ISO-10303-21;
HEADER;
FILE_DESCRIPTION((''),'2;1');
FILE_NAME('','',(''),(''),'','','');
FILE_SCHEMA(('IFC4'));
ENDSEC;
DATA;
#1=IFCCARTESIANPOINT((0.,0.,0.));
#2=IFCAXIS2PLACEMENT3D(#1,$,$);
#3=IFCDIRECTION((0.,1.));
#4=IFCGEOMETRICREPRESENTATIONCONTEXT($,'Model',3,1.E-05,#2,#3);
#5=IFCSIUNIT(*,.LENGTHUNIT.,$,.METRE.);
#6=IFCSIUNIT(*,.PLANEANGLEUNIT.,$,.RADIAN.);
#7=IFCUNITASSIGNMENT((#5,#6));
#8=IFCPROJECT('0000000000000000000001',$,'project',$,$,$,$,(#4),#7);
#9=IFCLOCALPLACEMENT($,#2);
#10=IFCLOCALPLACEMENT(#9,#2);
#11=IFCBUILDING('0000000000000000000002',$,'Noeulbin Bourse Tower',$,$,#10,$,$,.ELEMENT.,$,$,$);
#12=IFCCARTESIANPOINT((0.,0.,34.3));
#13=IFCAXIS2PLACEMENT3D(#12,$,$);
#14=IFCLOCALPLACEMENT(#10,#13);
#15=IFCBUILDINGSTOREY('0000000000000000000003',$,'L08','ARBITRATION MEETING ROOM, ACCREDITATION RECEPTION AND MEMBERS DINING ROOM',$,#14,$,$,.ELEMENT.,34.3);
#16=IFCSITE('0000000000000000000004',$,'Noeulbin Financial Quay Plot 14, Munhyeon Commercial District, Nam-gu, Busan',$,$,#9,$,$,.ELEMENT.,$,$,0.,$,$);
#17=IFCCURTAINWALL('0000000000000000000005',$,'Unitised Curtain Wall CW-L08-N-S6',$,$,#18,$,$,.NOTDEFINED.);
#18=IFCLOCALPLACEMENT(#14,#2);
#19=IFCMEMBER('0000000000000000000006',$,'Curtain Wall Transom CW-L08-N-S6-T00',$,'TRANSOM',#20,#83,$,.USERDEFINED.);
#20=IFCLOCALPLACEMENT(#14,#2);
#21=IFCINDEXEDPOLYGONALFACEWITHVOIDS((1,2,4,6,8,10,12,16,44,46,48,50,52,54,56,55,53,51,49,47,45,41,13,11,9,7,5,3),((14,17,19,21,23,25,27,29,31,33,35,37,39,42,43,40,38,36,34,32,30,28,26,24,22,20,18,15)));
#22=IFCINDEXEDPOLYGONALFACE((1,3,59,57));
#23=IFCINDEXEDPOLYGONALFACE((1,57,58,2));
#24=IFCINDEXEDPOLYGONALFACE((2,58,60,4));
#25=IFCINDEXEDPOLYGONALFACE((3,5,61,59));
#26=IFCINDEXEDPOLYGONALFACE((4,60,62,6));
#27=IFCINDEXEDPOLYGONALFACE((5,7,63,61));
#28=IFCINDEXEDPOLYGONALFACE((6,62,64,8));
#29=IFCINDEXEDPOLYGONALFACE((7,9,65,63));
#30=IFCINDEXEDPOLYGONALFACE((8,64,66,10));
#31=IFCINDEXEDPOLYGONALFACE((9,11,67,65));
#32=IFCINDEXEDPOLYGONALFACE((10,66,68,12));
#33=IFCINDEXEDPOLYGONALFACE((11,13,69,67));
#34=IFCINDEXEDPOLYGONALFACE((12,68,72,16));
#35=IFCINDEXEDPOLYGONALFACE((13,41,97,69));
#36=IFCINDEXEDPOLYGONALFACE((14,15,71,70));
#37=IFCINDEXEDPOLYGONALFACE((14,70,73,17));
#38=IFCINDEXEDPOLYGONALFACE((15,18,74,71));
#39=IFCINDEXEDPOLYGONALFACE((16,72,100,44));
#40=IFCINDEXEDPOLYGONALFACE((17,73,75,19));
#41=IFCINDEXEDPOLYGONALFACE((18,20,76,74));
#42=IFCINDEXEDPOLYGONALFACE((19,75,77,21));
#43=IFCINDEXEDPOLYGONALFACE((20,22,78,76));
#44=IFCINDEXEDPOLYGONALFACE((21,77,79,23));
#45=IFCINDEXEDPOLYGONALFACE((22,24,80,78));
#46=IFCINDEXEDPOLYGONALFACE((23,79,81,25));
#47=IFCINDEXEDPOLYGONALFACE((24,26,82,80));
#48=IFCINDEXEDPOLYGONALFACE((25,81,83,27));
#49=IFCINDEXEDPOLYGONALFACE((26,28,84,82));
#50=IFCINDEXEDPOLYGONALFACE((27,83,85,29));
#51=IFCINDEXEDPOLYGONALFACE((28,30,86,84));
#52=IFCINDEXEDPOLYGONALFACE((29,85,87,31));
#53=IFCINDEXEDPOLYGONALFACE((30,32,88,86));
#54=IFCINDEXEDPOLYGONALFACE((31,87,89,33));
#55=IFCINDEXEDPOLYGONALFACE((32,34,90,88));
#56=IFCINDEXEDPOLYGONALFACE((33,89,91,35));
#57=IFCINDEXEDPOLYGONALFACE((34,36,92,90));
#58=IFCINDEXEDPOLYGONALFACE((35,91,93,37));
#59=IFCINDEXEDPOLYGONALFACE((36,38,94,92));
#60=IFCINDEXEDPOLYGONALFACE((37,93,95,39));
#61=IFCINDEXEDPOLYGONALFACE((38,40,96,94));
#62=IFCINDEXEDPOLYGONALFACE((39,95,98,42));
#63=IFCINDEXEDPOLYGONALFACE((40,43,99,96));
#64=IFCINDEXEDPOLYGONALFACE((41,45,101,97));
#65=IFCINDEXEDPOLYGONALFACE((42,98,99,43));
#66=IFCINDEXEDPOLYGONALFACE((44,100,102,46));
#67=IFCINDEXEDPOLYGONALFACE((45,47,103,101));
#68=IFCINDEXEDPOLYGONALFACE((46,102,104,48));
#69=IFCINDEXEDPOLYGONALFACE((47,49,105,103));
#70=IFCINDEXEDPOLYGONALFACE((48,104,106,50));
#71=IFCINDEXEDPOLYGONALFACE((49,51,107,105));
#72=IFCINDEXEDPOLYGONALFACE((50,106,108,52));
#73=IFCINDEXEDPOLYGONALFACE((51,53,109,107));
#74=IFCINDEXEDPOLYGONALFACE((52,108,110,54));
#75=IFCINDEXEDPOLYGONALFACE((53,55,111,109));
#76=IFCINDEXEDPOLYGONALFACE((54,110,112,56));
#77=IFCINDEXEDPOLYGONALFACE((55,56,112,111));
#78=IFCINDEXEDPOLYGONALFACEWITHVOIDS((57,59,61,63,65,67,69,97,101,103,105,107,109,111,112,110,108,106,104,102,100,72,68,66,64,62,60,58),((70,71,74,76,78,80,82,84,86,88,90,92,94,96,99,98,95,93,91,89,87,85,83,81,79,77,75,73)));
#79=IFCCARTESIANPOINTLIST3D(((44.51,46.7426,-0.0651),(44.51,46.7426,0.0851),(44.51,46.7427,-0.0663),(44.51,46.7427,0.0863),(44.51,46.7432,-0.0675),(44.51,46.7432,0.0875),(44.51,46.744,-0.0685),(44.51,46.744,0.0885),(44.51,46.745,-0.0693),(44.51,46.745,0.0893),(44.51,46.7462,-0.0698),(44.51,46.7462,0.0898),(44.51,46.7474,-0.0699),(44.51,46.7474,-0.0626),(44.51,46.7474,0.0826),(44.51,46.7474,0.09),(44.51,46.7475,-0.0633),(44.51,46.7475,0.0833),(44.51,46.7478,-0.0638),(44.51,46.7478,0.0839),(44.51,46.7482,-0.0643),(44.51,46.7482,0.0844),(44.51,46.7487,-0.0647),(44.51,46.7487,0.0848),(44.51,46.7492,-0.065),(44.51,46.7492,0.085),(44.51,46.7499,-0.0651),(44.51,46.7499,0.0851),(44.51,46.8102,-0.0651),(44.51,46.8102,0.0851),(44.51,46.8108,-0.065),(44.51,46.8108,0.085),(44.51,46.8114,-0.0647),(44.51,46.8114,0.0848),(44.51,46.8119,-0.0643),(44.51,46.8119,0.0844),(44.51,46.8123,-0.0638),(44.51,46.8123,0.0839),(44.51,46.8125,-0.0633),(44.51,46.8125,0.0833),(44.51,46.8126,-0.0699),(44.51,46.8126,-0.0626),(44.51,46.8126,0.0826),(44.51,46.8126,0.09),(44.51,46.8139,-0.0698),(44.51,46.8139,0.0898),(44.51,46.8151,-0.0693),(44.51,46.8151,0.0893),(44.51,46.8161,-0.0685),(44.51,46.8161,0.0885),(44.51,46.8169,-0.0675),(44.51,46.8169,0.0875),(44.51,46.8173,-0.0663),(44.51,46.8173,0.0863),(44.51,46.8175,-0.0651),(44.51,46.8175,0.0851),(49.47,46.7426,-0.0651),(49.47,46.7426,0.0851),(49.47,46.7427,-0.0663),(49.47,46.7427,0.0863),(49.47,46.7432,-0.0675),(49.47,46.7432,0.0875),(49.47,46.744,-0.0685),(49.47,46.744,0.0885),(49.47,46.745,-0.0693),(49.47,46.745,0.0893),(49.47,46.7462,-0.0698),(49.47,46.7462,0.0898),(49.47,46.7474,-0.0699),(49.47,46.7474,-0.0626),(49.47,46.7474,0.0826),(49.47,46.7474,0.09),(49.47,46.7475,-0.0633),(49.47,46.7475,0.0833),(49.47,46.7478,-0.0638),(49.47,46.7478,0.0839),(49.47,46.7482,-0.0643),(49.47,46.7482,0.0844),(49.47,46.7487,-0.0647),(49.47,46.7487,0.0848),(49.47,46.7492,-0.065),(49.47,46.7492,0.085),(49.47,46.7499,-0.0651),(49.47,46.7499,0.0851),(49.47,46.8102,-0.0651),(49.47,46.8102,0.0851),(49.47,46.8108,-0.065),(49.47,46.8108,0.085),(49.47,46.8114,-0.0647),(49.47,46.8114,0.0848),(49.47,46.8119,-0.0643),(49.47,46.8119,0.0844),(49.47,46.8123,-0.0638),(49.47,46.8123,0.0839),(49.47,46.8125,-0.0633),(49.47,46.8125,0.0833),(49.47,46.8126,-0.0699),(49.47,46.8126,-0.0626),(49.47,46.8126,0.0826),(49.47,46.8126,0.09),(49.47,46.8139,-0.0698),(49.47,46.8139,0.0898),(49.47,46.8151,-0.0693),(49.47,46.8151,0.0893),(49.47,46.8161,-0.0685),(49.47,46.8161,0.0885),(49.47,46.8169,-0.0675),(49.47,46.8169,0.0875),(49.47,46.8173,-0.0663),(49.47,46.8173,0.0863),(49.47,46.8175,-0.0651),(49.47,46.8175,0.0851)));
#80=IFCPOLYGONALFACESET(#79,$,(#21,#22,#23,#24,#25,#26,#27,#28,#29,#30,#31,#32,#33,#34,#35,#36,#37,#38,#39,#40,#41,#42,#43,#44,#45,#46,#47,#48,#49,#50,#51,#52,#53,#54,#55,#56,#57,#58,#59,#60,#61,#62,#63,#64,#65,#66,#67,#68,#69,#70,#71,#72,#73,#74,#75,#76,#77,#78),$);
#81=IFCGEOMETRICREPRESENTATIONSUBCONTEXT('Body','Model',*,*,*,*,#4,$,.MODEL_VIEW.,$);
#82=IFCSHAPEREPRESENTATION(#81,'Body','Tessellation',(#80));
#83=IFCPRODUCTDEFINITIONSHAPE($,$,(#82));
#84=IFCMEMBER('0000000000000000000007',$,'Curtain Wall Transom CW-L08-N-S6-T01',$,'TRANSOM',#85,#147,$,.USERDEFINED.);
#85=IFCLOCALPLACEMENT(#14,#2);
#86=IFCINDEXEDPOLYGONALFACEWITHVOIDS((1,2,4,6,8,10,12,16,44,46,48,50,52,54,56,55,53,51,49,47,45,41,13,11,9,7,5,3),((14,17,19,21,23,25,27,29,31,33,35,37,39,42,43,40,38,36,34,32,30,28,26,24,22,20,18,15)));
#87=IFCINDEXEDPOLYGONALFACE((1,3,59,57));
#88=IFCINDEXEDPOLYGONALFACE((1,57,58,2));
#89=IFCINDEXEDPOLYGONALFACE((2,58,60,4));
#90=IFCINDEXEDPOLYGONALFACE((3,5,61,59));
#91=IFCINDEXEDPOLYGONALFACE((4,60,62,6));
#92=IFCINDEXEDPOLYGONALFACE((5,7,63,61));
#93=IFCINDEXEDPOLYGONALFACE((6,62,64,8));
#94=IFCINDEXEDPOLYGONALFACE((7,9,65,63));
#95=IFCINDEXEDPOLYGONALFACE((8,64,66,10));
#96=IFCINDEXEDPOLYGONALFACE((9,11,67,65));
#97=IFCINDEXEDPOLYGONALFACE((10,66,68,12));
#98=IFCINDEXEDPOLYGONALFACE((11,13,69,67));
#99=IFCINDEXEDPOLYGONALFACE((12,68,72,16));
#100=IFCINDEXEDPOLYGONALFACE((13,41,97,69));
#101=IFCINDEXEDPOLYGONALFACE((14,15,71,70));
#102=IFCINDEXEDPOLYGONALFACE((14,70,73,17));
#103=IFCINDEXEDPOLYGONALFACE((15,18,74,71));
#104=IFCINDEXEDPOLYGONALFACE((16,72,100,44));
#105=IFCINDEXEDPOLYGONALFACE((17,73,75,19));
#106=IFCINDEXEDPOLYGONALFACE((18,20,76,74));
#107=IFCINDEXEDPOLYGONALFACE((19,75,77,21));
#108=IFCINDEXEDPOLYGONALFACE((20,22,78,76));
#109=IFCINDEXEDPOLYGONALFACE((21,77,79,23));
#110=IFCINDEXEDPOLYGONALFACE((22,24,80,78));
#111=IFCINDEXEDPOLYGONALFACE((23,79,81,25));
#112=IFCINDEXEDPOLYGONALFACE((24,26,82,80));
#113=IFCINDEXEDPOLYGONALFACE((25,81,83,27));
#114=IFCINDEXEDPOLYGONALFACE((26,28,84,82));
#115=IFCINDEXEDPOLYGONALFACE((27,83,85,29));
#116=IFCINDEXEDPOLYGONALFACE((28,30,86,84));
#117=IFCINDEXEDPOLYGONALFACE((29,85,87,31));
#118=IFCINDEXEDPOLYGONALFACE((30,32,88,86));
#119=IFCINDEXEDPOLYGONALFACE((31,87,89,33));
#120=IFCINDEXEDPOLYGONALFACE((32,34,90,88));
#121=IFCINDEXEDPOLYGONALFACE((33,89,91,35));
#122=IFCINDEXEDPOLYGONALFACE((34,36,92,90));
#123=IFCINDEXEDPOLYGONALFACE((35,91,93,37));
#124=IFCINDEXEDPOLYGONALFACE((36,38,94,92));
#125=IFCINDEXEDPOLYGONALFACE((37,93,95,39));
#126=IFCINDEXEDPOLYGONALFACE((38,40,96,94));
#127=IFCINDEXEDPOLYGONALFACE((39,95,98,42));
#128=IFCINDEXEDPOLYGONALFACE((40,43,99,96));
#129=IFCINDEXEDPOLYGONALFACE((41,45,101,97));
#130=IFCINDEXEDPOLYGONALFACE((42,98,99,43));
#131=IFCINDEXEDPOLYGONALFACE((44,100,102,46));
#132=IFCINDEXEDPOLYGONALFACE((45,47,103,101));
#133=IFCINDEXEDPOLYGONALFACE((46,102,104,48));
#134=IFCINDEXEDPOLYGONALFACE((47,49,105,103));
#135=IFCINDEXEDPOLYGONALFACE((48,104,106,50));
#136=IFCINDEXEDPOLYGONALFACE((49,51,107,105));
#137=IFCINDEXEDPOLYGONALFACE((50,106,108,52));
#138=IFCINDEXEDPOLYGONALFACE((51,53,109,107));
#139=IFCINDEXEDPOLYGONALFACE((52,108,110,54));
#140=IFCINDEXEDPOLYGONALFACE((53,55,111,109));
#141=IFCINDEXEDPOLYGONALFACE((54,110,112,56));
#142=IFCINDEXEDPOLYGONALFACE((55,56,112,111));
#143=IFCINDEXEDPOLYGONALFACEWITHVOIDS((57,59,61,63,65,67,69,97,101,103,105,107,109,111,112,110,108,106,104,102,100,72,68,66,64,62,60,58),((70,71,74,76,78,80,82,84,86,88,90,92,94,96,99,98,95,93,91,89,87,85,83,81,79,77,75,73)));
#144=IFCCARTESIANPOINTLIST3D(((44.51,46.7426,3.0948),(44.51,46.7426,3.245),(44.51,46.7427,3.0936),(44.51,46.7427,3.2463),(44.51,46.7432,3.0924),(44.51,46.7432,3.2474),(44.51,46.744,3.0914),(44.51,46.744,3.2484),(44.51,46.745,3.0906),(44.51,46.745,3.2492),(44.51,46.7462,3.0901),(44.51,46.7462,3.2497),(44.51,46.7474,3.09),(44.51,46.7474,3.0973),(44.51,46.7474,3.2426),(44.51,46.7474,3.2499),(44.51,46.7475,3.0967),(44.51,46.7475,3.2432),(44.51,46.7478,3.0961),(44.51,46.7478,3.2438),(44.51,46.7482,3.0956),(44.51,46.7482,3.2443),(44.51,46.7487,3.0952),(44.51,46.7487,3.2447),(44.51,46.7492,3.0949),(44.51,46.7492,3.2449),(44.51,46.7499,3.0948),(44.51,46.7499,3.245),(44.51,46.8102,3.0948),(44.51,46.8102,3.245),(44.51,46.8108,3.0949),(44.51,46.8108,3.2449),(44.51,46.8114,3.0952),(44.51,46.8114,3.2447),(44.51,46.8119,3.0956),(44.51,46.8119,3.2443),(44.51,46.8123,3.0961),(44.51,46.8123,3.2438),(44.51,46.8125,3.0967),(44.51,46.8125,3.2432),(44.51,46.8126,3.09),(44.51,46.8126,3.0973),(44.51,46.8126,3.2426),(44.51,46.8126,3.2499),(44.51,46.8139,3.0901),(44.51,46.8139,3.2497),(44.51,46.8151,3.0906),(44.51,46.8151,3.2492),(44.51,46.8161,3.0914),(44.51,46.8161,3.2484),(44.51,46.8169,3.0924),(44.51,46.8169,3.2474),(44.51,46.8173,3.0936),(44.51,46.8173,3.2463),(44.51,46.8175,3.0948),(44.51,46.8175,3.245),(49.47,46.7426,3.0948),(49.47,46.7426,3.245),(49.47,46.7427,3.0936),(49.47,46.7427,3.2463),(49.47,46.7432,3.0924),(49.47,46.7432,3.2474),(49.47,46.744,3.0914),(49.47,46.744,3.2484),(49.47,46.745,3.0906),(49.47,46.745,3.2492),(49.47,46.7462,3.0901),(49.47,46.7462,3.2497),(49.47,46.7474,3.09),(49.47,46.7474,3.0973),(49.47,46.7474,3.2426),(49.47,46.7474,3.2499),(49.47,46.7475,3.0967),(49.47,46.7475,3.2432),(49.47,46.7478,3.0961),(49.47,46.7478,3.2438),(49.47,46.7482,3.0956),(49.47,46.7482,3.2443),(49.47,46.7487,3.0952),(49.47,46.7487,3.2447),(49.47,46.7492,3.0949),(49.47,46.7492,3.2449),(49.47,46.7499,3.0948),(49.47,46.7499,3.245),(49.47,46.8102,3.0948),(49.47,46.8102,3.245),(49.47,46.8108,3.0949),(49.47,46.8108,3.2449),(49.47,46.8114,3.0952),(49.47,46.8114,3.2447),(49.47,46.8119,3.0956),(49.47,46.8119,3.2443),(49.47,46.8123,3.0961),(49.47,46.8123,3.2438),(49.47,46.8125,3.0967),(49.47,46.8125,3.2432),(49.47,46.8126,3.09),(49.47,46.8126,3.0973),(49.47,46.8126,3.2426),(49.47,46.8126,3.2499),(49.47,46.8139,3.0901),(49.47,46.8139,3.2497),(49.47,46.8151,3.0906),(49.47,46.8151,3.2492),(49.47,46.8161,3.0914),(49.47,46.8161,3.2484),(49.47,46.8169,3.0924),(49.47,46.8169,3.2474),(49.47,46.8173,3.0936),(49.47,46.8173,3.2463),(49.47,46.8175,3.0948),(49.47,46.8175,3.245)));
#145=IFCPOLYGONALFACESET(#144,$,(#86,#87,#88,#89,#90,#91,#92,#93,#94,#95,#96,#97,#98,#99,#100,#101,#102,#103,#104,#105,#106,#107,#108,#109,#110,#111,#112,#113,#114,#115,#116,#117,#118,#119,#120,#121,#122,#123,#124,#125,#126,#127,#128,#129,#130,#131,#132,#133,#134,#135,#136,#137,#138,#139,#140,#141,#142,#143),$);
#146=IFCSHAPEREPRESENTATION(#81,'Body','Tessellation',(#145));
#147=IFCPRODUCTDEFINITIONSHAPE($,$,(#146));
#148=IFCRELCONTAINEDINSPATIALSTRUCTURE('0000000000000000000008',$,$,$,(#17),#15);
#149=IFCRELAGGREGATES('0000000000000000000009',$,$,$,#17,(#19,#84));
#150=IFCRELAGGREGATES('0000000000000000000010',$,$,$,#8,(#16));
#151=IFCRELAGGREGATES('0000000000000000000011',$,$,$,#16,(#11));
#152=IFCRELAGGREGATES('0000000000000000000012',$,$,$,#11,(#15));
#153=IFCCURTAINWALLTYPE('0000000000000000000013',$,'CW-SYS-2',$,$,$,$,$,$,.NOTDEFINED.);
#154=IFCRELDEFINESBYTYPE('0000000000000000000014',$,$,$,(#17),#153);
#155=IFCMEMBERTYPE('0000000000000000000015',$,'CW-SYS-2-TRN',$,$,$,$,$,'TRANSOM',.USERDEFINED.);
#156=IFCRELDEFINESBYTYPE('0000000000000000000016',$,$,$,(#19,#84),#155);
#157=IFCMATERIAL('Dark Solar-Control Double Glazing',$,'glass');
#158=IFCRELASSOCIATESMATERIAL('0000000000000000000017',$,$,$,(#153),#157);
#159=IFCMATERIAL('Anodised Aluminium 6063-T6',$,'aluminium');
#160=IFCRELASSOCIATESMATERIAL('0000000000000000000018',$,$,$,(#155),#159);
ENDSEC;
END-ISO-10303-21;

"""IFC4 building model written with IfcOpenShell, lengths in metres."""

from ifc_helpers import new_model, si_unit, direction, frame, origin, origin_2d, place, context, subcontext, project, spatial, hollow_rectangle, extrude, material, material_profile, profile_set, type_object, element, aggregate, save


model = new_model("IFC4")

# Units and contexts
model_context = context("Model", 3, precision=1e-05, world=origin(), true_north=direction((0.0, 1.0)))
body_context = subcontext(model_context, "Body", "Model", "MODEL_VIEW")
ifc_project = project(units=[si_unit("LENGTHUNIT", "METRE"), si_unit("PLANEANGLEUNIT", "RADIAN")], contexts=[model_context])

# Site, building, storey
site_placement = place(None, origin())
site = spatial("IfcSite", under=ifc_project, at=site_placement, Name="Noeulbin Financial Quay Plot 14, Munhyeon Commercial District, Nam-gu, Busan", CompositionType="ELEMENT", RefElevation=0.0)
building_placement = place(site_placement, origin())
building = spatial("IfcBuilding", under=site, at=building_placement, Name="Noeulbin Bourse Tower", CompositionType="ELEMENT")
storey_placement = place(building_placement, frame((0.0, 0.0, 34.3)))
storey = spatial("IfcBuildingStorey", under=building, at=storey_placement, Name="L08", Description="ARBITRATION MEETING ROOM, ACCREDITATION RECEPTION AND MEMBERS DINING ROOM", CompositionType="ELEMENT", Elevation=34.3)

# Shared definitions
ifc_material_1 = material(Name="Dark Solar-Control Double Glazing", Category="glass")
curtain_wall_type = type_object("IfcCurtainWallType", Name="CW-SYS-2", PredefinedType="NOTDEFINED", material=ifc_material_1)
ifc_material_2 = material(Name="Anodised Aluminium 6063-T6", Category="aluminium")

# Curtain wall
curtain_wall_1_placement = place(storey_placement, origin())
curtain_wall_1 = element("IfcCurtainWall", 1, at=curtain_wall_1_placement, inside=storey, type_object=curtain_wall_type, Name="Unitised Curtain Wall CW-L08-N-S6", PredefinedType="NOTDEFINED")

# Members
ifc_material_profile_1 = material_profile(ifc_material_2, hollow_rectangle(XDim=0.075, YDim=0.1599, WallThickness=0.0049, InnerFilletRadius=0.0024, OuterFilletRadius=0.0049, at=origin_2d()), Name="ALU-TRAN-75x160x5", Category="LoadBearing")
ifc_profile_set_1 = profile_set([ifc_material_profile_1], Name="Anodised Aluminium 6063-T6")
member_type_1 = type_object("IfcMemberType", Name="CW-SYS-2-TRN", ElementType="TRANSOM", PredefinedType="USERDEFINED", material=ifc_profile_set_1)
member_1_placement = place(storey_placement, frame((44.51, 46.78, 0.01), z_axis=(1.0, 0.0, 0.0), x_axis=(0.0, 1.0, 0.0)))
member_1 = element("IfcMember", 2, at=member_1_placement, type_object=member_type_1, Name="Curtain Wall Transom CW-L08-N-S6-T00", ObjectType="TRANSOM", PredefinedType="USERDEFINED", context=body_context, shape_type="SweptSolid", body=[
    extrude(hollow_rectangle(XDim=0.075, YDim=0.1599, WallThickness=0.0049, InnerFilletRadius=0.0024, OuterFilletRadius=0.0049, at=origin_2d()), origin(), (0.0, 0.0, 1.0), 4.96),
])
member_2_placement = place(storey_placement, frame((44.51, 46.78, 3.1699), z_axis=(1.0, 0.0, 0.0), x_axis=(0.0, 1.0, 0.0)))
member_2 = element("IfcMember", 3, at=member_2_placement, type_object=member_type_1, Name="Curtain Wall Transom CW-L08-N-S6-T01", ObjectType="TRANSOM", PredefinedType="USERDEFINED", context=body_context, shape_type="SweptSolid", body=[
    extrude(hollow_rectangle(XDim=0.075, YDim=0.1599, WallThickness=0.0049, InnerFilletRadius=0.0024, OuterFilletRadius=0.0049, at=origin_2d()), origin(), (0.0, 0.0, 1.0), 4.96),
])

aggregate(curtain_wall_1, [member_1, member_2])

save(model, "model.ifc")
